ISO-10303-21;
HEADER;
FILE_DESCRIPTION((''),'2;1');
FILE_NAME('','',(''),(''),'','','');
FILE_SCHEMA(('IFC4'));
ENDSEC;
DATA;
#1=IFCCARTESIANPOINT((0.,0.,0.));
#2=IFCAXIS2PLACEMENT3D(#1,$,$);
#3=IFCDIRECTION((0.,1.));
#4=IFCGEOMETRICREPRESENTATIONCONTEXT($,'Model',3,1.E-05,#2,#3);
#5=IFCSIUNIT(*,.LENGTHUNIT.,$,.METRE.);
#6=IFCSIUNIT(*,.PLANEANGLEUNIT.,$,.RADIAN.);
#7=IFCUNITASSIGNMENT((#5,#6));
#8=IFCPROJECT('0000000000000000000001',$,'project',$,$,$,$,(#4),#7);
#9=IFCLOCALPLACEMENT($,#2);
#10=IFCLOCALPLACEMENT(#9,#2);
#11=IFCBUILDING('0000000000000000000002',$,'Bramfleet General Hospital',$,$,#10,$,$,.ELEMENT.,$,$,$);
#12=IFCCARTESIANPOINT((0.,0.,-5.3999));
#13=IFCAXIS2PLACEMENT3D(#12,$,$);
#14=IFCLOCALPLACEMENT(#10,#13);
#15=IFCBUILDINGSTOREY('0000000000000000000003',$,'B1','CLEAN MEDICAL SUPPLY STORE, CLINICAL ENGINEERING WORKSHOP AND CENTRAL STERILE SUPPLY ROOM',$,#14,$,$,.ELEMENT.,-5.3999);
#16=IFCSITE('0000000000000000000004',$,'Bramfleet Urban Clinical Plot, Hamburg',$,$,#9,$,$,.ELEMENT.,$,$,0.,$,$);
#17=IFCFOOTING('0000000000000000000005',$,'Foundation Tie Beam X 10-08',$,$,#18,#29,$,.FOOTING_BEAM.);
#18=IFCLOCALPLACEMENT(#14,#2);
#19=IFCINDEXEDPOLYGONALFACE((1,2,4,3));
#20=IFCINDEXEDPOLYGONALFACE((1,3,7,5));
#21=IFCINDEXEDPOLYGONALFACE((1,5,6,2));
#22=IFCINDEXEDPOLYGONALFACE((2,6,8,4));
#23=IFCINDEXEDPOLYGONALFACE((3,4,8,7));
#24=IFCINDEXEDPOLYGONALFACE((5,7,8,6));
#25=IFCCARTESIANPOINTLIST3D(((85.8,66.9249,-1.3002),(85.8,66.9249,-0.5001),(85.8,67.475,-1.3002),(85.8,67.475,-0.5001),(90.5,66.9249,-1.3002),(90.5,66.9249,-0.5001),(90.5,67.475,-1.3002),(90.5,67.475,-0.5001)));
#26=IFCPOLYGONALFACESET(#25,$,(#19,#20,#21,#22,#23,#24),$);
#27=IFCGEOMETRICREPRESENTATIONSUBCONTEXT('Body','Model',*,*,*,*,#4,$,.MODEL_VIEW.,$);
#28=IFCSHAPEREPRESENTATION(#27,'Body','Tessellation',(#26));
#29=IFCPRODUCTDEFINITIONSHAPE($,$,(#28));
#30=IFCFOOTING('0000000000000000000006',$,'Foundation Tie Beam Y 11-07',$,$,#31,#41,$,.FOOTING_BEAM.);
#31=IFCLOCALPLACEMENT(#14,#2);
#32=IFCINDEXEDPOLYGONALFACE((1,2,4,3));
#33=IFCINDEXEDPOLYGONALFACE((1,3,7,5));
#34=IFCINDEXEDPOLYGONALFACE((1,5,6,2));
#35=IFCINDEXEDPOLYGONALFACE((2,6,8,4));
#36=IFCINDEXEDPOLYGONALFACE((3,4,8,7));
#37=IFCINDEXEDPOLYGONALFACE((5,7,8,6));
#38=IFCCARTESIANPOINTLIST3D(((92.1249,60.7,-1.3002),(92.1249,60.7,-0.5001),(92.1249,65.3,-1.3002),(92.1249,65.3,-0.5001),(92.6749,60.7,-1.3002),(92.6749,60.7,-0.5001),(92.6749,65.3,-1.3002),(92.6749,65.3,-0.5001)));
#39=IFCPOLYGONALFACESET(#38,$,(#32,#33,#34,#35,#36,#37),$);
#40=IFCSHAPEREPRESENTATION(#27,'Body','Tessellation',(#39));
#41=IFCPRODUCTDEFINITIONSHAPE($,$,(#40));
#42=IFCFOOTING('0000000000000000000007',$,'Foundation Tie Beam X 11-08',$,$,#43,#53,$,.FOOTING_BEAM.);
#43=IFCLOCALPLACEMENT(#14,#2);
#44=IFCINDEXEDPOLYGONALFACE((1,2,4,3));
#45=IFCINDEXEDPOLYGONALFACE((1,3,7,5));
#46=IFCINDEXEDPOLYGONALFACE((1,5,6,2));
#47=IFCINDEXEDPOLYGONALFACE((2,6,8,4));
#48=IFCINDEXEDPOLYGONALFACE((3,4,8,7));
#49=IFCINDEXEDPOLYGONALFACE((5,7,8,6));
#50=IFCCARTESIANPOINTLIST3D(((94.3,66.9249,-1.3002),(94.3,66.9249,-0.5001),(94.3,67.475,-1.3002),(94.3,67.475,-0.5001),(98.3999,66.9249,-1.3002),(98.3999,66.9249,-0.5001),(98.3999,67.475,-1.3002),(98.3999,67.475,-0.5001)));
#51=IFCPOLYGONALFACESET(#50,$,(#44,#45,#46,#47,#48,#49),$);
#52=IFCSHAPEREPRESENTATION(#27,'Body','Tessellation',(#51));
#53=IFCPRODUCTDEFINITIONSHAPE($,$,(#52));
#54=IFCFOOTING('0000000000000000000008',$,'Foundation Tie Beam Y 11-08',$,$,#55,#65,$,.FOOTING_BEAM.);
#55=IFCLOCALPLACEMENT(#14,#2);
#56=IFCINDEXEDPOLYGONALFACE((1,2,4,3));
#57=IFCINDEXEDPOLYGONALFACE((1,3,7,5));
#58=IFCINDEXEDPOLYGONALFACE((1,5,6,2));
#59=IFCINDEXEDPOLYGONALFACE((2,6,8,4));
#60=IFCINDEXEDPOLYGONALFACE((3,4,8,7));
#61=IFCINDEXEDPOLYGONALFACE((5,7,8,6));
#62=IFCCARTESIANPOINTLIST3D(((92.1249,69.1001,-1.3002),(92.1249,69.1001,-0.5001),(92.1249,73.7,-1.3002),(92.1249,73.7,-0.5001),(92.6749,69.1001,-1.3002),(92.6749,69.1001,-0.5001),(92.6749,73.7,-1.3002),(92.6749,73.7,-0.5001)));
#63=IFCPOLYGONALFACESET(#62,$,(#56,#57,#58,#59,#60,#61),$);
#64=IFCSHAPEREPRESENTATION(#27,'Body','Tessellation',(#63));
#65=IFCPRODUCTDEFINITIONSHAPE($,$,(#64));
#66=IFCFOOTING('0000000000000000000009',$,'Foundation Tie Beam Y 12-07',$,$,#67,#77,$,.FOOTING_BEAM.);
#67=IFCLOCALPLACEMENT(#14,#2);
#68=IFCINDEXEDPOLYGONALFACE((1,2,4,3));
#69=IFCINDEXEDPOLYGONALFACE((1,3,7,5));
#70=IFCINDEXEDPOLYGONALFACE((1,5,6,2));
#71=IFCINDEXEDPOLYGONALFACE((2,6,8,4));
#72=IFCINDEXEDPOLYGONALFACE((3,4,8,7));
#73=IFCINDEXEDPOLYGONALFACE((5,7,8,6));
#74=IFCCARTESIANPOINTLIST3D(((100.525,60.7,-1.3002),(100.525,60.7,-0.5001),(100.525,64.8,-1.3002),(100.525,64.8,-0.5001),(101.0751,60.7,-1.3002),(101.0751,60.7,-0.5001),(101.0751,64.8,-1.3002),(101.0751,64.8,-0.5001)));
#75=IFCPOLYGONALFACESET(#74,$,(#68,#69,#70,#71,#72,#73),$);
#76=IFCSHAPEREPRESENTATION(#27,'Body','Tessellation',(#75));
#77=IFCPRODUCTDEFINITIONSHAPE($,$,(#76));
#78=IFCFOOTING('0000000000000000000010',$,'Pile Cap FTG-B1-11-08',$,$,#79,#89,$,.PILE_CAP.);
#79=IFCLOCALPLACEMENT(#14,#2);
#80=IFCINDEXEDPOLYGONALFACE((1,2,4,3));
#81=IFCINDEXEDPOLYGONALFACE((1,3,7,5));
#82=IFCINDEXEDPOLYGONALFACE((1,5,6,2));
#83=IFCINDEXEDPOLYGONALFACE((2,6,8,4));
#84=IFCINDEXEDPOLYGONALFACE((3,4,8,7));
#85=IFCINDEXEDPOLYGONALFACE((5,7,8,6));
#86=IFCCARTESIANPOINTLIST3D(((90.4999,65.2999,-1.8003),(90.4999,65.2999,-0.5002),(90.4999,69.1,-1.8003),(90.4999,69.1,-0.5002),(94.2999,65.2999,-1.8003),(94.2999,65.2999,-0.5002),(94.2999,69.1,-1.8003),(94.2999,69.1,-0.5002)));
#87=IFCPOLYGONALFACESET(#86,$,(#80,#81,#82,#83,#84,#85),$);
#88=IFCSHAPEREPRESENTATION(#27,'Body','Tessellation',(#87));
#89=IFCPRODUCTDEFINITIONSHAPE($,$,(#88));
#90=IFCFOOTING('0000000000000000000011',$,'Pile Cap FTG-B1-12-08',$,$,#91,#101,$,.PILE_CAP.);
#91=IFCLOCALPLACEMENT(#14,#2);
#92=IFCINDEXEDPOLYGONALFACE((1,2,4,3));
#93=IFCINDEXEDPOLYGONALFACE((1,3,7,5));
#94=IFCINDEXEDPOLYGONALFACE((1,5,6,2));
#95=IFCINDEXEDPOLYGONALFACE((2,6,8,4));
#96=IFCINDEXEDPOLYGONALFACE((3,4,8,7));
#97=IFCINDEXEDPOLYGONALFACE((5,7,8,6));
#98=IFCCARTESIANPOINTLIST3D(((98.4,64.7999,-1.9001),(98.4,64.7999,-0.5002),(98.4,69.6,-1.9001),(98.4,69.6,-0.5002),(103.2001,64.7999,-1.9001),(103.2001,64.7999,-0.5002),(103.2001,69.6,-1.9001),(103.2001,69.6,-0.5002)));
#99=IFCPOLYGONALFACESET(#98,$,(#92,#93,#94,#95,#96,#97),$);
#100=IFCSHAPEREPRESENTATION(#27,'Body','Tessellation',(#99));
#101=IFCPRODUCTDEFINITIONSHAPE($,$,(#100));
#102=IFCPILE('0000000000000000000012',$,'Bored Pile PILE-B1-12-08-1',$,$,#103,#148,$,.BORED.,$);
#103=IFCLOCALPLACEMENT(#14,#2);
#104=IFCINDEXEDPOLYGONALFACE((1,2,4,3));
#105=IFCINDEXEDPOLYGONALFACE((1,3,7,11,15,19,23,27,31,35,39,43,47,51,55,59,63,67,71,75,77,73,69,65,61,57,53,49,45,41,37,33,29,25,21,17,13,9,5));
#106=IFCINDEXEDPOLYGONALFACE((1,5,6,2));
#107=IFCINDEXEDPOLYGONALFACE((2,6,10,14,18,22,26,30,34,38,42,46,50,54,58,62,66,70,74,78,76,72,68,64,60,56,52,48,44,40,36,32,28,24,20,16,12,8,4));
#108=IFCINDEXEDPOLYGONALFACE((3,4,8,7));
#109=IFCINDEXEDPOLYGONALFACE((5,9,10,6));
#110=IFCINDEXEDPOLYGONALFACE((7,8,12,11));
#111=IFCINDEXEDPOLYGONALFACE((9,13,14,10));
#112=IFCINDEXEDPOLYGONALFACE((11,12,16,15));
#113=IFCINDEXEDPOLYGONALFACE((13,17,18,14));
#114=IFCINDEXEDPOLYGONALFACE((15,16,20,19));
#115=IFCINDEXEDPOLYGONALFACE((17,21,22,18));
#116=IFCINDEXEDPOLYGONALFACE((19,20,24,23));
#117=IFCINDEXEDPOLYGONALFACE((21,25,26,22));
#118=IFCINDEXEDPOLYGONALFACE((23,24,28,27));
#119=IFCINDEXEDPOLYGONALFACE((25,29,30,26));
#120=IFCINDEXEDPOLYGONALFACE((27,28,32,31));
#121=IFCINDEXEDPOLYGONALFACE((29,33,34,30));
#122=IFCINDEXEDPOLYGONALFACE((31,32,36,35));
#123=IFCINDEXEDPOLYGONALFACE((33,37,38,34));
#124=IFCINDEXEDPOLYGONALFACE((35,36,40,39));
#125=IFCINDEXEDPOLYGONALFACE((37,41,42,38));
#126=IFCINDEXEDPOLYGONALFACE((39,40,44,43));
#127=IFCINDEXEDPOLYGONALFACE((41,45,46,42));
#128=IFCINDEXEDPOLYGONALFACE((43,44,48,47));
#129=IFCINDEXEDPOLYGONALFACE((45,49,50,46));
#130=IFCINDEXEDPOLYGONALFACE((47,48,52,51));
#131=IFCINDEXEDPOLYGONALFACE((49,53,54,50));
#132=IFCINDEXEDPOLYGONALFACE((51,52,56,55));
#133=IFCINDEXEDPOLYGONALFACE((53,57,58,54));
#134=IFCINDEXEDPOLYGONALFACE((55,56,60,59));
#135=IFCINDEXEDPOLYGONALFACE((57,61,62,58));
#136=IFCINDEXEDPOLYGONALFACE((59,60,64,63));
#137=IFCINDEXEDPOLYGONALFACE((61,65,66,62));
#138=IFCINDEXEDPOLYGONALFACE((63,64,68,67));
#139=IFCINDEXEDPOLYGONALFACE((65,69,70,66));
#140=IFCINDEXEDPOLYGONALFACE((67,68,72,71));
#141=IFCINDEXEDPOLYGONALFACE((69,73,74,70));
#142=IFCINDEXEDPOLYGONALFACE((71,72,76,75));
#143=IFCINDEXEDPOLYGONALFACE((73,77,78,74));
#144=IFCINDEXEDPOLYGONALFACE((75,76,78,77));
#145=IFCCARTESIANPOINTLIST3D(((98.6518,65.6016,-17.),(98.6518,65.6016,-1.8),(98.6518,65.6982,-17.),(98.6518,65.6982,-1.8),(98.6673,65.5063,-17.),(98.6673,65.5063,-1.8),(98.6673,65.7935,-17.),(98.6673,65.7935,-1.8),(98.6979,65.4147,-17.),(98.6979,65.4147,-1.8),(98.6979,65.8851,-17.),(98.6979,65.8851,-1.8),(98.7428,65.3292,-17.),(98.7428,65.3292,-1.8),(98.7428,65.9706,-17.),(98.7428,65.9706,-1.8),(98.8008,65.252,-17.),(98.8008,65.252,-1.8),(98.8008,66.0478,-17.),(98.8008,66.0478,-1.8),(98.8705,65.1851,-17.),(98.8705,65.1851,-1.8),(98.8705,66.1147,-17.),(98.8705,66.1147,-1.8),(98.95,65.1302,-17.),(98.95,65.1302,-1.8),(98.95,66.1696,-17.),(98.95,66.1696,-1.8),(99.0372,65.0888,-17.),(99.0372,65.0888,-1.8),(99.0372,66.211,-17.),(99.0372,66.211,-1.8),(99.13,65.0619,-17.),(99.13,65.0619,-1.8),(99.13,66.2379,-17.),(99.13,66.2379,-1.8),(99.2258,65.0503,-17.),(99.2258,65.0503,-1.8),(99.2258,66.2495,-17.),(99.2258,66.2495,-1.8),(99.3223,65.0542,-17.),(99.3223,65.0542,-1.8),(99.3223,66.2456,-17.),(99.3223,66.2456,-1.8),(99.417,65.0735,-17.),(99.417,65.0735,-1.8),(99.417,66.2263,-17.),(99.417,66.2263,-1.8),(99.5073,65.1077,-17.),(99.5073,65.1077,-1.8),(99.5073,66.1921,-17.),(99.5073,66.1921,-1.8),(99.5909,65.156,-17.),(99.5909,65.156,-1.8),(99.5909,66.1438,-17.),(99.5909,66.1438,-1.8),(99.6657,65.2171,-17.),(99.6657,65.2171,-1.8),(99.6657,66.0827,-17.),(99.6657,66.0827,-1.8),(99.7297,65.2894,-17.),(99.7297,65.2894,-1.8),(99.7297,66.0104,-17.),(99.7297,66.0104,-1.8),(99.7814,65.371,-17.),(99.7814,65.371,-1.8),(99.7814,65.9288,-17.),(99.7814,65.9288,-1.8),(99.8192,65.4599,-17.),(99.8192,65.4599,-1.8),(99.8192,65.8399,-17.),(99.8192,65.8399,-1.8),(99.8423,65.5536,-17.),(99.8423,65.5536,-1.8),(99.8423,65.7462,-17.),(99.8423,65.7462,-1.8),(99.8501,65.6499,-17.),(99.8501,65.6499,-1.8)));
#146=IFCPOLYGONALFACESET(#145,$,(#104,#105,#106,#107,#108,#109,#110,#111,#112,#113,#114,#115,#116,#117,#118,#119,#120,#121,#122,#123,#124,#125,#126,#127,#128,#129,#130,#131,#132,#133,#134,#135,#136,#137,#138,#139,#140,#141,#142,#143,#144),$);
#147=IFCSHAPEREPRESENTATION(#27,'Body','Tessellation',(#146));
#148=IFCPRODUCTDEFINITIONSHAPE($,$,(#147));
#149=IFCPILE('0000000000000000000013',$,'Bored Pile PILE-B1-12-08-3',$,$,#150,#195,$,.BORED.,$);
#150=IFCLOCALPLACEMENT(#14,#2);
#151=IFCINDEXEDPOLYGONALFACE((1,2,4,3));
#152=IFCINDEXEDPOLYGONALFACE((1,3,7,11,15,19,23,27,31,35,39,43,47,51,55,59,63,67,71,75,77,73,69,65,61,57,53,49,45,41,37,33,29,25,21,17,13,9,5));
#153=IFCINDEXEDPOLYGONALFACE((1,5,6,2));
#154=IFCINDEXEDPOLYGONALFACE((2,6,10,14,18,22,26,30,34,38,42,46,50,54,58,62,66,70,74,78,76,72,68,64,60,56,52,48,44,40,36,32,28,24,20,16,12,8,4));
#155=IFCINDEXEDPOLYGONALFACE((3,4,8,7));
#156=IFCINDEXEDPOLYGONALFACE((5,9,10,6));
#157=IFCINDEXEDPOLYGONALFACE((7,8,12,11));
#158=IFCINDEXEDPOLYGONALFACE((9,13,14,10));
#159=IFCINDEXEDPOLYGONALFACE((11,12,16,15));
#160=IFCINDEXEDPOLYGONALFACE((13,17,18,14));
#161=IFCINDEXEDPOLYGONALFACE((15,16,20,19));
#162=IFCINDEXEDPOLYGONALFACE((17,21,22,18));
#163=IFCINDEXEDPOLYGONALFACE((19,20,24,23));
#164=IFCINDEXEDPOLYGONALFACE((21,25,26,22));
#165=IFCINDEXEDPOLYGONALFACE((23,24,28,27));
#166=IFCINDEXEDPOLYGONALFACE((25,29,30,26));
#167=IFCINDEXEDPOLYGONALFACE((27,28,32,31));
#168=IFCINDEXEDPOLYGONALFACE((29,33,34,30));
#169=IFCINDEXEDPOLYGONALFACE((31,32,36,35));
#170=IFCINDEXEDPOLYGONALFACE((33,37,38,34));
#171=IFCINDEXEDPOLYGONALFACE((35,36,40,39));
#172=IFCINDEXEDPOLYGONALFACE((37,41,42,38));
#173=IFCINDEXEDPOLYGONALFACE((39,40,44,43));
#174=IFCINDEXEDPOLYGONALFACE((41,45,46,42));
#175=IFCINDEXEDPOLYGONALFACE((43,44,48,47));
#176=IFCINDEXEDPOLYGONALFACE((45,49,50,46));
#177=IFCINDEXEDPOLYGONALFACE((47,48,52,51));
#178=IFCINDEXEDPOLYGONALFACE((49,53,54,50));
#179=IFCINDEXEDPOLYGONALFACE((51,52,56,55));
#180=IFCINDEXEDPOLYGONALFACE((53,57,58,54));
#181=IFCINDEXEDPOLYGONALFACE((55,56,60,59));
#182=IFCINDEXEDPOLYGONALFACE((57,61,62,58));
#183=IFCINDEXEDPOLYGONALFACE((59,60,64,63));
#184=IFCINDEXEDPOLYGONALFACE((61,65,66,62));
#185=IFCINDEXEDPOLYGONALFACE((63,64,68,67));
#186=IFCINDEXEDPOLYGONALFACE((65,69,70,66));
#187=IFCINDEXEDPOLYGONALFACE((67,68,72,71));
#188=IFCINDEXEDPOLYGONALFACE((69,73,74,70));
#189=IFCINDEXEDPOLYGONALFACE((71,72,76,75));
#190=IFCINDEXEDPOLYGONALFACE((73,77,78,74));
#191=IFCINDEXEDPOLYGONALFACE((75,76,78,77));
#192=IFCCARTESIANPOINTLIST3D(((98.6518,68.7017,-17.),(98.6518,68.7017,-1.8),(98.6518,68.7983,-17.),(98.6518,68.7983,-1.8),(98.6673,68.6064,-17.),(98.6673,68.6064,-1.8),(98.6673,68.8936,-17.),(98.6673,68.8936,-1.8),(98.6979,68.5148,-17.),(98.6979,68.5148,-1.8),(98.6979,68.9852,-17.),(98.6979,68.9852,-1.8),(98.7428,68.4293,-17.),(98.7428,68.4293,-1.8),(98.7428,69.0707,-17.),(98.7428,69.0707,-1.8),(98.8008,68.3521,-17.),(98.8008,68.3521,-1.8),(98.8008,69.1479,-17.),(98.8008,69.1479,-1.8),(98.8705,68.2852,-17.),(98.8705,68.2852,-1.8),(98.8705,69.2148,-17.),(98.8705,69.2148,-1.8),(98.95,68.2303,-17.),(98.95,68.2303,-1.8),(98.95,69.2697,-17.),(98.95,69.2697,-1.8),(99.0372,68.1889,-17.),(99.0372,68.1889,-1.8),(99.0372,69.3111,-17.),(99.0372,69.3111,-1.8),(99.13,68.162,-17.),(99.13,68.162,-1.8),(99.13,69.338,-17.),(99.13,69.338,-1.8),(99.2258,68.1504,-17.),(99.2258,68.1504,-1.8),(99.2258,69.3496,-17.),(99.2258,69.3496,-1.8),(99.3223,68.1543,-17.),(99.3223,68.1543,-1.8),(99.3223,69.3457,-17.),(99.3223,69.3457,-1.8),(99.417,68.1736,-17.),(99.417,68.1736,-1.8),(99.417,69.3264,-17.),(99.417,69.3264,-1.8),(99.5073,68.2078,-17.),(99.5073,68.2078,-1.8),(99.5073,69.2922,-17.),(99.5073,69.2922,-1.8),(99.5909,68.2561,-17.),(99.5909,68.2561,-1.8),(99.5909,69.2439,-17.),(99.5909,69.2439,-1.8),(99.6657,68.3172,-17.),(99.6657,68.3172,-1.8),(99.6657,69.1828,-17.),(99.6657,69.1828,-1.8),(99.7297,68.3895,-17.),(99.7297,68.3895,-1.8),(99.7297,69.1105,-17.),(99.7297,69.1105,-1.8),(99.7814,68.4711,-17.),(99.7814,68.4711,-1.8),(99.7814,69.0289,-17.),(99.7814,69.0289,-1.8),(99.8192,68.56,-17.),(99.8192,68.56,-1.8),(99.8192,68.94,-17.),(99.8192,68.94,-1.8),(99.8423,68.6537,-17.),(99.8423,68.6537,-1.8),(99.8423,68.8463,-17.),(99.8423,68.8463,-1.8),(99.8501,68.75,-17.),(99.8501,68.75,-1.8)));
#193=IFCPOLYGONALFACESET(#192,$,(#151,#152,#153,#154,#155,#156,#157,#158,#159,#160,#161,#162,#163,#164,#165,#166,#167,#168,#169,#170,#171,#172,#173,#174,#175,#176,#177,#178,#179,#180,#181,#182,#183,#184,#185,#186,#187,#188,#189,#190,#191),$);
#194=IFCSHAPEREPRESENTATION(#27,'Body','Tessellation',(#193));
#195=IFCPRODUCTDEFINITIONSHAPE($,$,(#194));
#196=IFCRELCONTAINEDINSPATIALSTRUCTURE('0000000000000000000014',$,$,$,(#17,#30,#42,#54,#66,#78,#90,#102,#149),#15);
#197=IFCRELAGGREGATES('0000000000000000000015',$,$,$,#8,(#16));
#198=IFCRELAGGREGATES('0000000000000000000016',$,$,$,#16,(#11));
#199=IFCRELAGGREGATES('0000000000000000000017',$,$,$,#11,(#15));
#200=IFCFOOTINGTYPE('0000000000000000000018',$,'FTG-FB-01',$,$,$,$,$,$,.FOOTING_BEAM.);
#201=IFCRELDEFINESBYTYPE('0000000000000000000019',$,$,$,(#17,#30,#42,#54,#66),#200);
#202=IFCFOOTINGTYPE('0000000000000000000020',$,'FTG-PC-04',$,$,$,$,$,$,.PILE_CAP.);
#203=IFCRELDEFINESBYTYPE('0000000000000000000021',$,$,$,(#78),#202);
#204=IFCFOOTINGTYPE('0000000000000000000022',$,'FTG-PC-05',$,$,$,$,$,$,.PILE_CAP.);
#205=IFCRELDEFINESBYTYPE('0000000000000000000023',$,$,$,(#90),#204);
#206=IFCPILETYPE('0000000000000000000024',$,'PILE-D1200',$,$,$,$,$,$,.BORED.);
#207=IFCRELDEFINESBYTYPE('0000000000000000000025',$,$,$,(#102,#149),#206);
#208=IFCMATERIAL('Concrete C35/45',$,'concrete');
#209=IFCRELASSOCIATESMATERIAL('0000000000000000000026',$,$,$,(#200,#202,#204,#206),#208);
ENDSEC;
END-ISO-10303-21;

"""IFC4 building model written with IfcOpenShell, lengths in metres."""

from ifc_helpers import new_model, si_unit, direction, frame, origin, origin_2d, place, context, subcontext, project, spatial, rectangle, circle, extrude, material, material_profile, profile_set, type_object, element, save


model = new_model("IFC4")

# Units and contexts
model_context = context("Model", 3, precision=1e-05, world=origin(), true_north=direction((0.0, 1.0)))
body_context = subcontext(model_context, "Body", "Model", "MODEL_VIEW")
ifc_project = project(units=[si_unit("LENGTHUNIT", "METRE"), si_unit("PLANEANGLEUNIT", "RADIAN")], contexts=[model_context])

# Site, building, storey
site_placement = place(None, origin())
site = spatial("IfcSite", under=ifc_project, at=site_placement, Name="Bramfleet Urban Clinical Plot, Hamburg", CompositionType="ELEMENT", RefElevation=0.0)
building_placement = place(site_placement, origin())
building = spatial("IfcBuilding", under=site, at=building_placement, Name="Bramfleet General Hospital", CompositionType="ELEMENT")
storey_placement = place(building_placement, frame((0.0, 0.0, -5.3999)))
storey = spatial("IfcBuildingStorey", under=building, at=storey_placement, Name="B1", Description="CLEAN MEDICAL SUPPLY STORE, CLINICAL ENGINEERING WORKSHOP AND CENTRAL STERILE SUPPLY ROOM", CompositionType="ELEMENT", Elevation=-5.3999)

# Footings
ifc_material_1 = material(Name="Concrete C35/45", Category="concrete")
ifc_material_profile_1 = material_profile(ifc_material_1, rectangle(XDim=0.55, YDim=0.8, at=origin_2d()), Name="RC FB 800x550")
ifc_profile_set_1 = profile_set([ifc_material_profile_1], Name="Concrete C35/45")
footing_type_1 = type_object("IfcFootingType", Name="FTG-FB-01", PredefinedType="FOOTING_BEAM", material=ifc_profile_set_1)
footing_1_placement = place(storey_placement, frame((85.8, 67.2, -0.9001), z_axis=(1.0, 0.0, 0.0), x_axis=(0.0, 1.0, 0.0)))
element("IfcFooting", 1, at=footing_1_placement, inside=storey, type_object=footing_type_1, Name="Foundation Tie Beam X 10-08", PredefinedType="FOOTING_BEAM", context=body_context, shape_type="SweptSolid", body=[
    extrude(rectangle(XDim=0.55, YDim=0.8, at=origin_2d()), origin(), (0.0, 0.0, 1.0), 4.7),
])
footing_2_placement = place(storey_placement, frame((92.3999, 60.7, -0.9001), z_axis=(0.0, 1.0, 0.0), x_axis=(-1.0, 0.0, 0.0)))
element("IfcFooting", 2, at=footing_2_placement, inside=storey, type_object=footing_type_1, Name="Foundation Tie Beam Y 11-07", PredefinedType="FOOTING_BEAM", context=body_context, shape_type="SweptSolid", body=[
    extrude(rectangle(XDim=0.55, YDim=0.8, at=origin_2d()), origin(), (0.0, 0.0, 1.0), 4.6001),
])
footing_3_placement = place(storey_placement, frame((94.3, 67.2, -0.9001), z_axis=(1.0, 0.0, 0.0), x_axis=(0.0, 1.0, 0.0)))
element("IfcFooting", 3, at=footing_3_placement, inside=storey, type_object=footing_type_1, Name="Foundation Tie Beam X 11-08", PredefinedType="FOOTING_BEAM", context=body_context, shape_type="SweptSolid", body=[
    extrude(rectangle(XDim=0.55, YDim=0.8, at=origin_2d()), origin(), (0.0, 0.0, 1.0), 4.0999),
])
footing_4_placement = place(storey_placement, frame((92.3999, 69.1001, -0.9001), z_axis=(0.0, 1.0, 0.0), x_axis=(-1.0, 0.0, 0.0)))
element("IfcFooting", 4, at=footing_4_placement, inside=storey, type_object=footing_type_1, Name="Foundation Tie Beam Y 11-08", PredefinedType="FOOTING_BEAM", context=body_context, shape_type="SweptSolid", body=[
    extrude(rectangle(XDim=0.55, YDim=0.8, at=origin_2d()), origin(), (0.0, 0.0, 1.0), 4.5999),
])
footing_5_placement = place(storey_placement, frame((100.8, 60.7, -0.9001), z_axis=(0.0, 1.0, 0.0), x_axis=(-1.0, 0.0, 0.0)))
element("IfcFooting", 5, at=footing_5_placement, inside=storey, type_object=footing_type_1, Name="Foundation Tie Beam Y 12-07", PredefinedType="FOOTING_BEAM", context=body_context, shape_type="SweptSolid", body=[
    extrude(rectangle(XDim=0.55, YDim=0.8, at=origin_2d()), origin(), (0.0, 0.0, 1.0), 4.1001),
])
footing_type_2 = type_object("IfcFootingType", Name="FTG-PC-04", PredefinedType="PILE_CAP", material=ifc_material_1)
footing_6_placement = place(storey_placement, frame((92.3999, 67.2, -1.8003), z_axis=(0.0, 0.0, 1.0), x_axis=(1.0, 0.0, 0.0)))
element("IfcFooting", 6, at=footing_6_placement, inside=storey, type_object=footing_type_2, Name="Pile Cap FTG-B1-11-08", PredefinedType="PILE_CAP", context=body_context, shape_type="SweptSolid", body=[
    extrude(rectangle(XDim=3.8, YDim=3.8, at=origin_2d()), origin(), (0.0, 0.0, 1.0), 1.3),
])
footing_type_3 = type_object("IfcFootingType", Name="FTG-PC-05", PredefinedType="PILE_CAP", material=ifc_material_1)
footing_7_placement = place(storey_placement, frame((100.8, 67.2, -1.9001), z_axis=(0.0, 0.0, 1.0), x_axis=(1.0, 0.0, 0.0)))
element("IfcFooting", 7, at=footing_7_placement, inside=storey, type_object=footing_type_3, Name="Pile Cap FTG-B1-12-08", PredefinedType="PILE_CAP", context=body_context, shape_type="SweptSolid", body=[
    extrude(rectangle(XDim=4.8, YDim=4.8, at=origin_2d()), origin(), (0.0, 0.0, 1.0), 1.3999),
])

# Piles
ifc_material_profile_2 = material_profile(ifc_material_1, circle(Radius=0.6001, at=origin_2d()), Name="PILE BORED D1200")
ifc_profile_set_2 = profile_set([ifc_material_profile_2], Name="Concrete C35/45")
pile_type_1 = type_object("IfcPileType", Name="PILE-D1200", PredefinedType="BORED", material=ifc_profile_set_2)
for number, where, z_axis, x_axis, name in (
    (8, (99.25, 65.6499, -1.8), (0.0, 0.0, -1.0), (1.0, 0.0, 0.0), "Bored Pile PILE-B1-12-08-1"),
    (9, (99.25, 68.75, -1.8), (0.0, 0.0, -1.0), (1.0, 0.0, 0.0), "Bored Pile PILE-B1-12-08-3"),
):
    element("IfcPile", number, at=place(storey_placement, frame(where, z_axis=z_axis, x_axis=x_axis)), inside=storey, type_object=pile_type_1, Name=name, PredefinedType="BORED", context=body_context, shape_type="SweptSolid", body=[
        extrude(circle(Radius=0.6001, at=origin_2d()), origin(), (0.0, 0.0, 1.0), 15.2),
    ])

save(model, "model.ifc")
